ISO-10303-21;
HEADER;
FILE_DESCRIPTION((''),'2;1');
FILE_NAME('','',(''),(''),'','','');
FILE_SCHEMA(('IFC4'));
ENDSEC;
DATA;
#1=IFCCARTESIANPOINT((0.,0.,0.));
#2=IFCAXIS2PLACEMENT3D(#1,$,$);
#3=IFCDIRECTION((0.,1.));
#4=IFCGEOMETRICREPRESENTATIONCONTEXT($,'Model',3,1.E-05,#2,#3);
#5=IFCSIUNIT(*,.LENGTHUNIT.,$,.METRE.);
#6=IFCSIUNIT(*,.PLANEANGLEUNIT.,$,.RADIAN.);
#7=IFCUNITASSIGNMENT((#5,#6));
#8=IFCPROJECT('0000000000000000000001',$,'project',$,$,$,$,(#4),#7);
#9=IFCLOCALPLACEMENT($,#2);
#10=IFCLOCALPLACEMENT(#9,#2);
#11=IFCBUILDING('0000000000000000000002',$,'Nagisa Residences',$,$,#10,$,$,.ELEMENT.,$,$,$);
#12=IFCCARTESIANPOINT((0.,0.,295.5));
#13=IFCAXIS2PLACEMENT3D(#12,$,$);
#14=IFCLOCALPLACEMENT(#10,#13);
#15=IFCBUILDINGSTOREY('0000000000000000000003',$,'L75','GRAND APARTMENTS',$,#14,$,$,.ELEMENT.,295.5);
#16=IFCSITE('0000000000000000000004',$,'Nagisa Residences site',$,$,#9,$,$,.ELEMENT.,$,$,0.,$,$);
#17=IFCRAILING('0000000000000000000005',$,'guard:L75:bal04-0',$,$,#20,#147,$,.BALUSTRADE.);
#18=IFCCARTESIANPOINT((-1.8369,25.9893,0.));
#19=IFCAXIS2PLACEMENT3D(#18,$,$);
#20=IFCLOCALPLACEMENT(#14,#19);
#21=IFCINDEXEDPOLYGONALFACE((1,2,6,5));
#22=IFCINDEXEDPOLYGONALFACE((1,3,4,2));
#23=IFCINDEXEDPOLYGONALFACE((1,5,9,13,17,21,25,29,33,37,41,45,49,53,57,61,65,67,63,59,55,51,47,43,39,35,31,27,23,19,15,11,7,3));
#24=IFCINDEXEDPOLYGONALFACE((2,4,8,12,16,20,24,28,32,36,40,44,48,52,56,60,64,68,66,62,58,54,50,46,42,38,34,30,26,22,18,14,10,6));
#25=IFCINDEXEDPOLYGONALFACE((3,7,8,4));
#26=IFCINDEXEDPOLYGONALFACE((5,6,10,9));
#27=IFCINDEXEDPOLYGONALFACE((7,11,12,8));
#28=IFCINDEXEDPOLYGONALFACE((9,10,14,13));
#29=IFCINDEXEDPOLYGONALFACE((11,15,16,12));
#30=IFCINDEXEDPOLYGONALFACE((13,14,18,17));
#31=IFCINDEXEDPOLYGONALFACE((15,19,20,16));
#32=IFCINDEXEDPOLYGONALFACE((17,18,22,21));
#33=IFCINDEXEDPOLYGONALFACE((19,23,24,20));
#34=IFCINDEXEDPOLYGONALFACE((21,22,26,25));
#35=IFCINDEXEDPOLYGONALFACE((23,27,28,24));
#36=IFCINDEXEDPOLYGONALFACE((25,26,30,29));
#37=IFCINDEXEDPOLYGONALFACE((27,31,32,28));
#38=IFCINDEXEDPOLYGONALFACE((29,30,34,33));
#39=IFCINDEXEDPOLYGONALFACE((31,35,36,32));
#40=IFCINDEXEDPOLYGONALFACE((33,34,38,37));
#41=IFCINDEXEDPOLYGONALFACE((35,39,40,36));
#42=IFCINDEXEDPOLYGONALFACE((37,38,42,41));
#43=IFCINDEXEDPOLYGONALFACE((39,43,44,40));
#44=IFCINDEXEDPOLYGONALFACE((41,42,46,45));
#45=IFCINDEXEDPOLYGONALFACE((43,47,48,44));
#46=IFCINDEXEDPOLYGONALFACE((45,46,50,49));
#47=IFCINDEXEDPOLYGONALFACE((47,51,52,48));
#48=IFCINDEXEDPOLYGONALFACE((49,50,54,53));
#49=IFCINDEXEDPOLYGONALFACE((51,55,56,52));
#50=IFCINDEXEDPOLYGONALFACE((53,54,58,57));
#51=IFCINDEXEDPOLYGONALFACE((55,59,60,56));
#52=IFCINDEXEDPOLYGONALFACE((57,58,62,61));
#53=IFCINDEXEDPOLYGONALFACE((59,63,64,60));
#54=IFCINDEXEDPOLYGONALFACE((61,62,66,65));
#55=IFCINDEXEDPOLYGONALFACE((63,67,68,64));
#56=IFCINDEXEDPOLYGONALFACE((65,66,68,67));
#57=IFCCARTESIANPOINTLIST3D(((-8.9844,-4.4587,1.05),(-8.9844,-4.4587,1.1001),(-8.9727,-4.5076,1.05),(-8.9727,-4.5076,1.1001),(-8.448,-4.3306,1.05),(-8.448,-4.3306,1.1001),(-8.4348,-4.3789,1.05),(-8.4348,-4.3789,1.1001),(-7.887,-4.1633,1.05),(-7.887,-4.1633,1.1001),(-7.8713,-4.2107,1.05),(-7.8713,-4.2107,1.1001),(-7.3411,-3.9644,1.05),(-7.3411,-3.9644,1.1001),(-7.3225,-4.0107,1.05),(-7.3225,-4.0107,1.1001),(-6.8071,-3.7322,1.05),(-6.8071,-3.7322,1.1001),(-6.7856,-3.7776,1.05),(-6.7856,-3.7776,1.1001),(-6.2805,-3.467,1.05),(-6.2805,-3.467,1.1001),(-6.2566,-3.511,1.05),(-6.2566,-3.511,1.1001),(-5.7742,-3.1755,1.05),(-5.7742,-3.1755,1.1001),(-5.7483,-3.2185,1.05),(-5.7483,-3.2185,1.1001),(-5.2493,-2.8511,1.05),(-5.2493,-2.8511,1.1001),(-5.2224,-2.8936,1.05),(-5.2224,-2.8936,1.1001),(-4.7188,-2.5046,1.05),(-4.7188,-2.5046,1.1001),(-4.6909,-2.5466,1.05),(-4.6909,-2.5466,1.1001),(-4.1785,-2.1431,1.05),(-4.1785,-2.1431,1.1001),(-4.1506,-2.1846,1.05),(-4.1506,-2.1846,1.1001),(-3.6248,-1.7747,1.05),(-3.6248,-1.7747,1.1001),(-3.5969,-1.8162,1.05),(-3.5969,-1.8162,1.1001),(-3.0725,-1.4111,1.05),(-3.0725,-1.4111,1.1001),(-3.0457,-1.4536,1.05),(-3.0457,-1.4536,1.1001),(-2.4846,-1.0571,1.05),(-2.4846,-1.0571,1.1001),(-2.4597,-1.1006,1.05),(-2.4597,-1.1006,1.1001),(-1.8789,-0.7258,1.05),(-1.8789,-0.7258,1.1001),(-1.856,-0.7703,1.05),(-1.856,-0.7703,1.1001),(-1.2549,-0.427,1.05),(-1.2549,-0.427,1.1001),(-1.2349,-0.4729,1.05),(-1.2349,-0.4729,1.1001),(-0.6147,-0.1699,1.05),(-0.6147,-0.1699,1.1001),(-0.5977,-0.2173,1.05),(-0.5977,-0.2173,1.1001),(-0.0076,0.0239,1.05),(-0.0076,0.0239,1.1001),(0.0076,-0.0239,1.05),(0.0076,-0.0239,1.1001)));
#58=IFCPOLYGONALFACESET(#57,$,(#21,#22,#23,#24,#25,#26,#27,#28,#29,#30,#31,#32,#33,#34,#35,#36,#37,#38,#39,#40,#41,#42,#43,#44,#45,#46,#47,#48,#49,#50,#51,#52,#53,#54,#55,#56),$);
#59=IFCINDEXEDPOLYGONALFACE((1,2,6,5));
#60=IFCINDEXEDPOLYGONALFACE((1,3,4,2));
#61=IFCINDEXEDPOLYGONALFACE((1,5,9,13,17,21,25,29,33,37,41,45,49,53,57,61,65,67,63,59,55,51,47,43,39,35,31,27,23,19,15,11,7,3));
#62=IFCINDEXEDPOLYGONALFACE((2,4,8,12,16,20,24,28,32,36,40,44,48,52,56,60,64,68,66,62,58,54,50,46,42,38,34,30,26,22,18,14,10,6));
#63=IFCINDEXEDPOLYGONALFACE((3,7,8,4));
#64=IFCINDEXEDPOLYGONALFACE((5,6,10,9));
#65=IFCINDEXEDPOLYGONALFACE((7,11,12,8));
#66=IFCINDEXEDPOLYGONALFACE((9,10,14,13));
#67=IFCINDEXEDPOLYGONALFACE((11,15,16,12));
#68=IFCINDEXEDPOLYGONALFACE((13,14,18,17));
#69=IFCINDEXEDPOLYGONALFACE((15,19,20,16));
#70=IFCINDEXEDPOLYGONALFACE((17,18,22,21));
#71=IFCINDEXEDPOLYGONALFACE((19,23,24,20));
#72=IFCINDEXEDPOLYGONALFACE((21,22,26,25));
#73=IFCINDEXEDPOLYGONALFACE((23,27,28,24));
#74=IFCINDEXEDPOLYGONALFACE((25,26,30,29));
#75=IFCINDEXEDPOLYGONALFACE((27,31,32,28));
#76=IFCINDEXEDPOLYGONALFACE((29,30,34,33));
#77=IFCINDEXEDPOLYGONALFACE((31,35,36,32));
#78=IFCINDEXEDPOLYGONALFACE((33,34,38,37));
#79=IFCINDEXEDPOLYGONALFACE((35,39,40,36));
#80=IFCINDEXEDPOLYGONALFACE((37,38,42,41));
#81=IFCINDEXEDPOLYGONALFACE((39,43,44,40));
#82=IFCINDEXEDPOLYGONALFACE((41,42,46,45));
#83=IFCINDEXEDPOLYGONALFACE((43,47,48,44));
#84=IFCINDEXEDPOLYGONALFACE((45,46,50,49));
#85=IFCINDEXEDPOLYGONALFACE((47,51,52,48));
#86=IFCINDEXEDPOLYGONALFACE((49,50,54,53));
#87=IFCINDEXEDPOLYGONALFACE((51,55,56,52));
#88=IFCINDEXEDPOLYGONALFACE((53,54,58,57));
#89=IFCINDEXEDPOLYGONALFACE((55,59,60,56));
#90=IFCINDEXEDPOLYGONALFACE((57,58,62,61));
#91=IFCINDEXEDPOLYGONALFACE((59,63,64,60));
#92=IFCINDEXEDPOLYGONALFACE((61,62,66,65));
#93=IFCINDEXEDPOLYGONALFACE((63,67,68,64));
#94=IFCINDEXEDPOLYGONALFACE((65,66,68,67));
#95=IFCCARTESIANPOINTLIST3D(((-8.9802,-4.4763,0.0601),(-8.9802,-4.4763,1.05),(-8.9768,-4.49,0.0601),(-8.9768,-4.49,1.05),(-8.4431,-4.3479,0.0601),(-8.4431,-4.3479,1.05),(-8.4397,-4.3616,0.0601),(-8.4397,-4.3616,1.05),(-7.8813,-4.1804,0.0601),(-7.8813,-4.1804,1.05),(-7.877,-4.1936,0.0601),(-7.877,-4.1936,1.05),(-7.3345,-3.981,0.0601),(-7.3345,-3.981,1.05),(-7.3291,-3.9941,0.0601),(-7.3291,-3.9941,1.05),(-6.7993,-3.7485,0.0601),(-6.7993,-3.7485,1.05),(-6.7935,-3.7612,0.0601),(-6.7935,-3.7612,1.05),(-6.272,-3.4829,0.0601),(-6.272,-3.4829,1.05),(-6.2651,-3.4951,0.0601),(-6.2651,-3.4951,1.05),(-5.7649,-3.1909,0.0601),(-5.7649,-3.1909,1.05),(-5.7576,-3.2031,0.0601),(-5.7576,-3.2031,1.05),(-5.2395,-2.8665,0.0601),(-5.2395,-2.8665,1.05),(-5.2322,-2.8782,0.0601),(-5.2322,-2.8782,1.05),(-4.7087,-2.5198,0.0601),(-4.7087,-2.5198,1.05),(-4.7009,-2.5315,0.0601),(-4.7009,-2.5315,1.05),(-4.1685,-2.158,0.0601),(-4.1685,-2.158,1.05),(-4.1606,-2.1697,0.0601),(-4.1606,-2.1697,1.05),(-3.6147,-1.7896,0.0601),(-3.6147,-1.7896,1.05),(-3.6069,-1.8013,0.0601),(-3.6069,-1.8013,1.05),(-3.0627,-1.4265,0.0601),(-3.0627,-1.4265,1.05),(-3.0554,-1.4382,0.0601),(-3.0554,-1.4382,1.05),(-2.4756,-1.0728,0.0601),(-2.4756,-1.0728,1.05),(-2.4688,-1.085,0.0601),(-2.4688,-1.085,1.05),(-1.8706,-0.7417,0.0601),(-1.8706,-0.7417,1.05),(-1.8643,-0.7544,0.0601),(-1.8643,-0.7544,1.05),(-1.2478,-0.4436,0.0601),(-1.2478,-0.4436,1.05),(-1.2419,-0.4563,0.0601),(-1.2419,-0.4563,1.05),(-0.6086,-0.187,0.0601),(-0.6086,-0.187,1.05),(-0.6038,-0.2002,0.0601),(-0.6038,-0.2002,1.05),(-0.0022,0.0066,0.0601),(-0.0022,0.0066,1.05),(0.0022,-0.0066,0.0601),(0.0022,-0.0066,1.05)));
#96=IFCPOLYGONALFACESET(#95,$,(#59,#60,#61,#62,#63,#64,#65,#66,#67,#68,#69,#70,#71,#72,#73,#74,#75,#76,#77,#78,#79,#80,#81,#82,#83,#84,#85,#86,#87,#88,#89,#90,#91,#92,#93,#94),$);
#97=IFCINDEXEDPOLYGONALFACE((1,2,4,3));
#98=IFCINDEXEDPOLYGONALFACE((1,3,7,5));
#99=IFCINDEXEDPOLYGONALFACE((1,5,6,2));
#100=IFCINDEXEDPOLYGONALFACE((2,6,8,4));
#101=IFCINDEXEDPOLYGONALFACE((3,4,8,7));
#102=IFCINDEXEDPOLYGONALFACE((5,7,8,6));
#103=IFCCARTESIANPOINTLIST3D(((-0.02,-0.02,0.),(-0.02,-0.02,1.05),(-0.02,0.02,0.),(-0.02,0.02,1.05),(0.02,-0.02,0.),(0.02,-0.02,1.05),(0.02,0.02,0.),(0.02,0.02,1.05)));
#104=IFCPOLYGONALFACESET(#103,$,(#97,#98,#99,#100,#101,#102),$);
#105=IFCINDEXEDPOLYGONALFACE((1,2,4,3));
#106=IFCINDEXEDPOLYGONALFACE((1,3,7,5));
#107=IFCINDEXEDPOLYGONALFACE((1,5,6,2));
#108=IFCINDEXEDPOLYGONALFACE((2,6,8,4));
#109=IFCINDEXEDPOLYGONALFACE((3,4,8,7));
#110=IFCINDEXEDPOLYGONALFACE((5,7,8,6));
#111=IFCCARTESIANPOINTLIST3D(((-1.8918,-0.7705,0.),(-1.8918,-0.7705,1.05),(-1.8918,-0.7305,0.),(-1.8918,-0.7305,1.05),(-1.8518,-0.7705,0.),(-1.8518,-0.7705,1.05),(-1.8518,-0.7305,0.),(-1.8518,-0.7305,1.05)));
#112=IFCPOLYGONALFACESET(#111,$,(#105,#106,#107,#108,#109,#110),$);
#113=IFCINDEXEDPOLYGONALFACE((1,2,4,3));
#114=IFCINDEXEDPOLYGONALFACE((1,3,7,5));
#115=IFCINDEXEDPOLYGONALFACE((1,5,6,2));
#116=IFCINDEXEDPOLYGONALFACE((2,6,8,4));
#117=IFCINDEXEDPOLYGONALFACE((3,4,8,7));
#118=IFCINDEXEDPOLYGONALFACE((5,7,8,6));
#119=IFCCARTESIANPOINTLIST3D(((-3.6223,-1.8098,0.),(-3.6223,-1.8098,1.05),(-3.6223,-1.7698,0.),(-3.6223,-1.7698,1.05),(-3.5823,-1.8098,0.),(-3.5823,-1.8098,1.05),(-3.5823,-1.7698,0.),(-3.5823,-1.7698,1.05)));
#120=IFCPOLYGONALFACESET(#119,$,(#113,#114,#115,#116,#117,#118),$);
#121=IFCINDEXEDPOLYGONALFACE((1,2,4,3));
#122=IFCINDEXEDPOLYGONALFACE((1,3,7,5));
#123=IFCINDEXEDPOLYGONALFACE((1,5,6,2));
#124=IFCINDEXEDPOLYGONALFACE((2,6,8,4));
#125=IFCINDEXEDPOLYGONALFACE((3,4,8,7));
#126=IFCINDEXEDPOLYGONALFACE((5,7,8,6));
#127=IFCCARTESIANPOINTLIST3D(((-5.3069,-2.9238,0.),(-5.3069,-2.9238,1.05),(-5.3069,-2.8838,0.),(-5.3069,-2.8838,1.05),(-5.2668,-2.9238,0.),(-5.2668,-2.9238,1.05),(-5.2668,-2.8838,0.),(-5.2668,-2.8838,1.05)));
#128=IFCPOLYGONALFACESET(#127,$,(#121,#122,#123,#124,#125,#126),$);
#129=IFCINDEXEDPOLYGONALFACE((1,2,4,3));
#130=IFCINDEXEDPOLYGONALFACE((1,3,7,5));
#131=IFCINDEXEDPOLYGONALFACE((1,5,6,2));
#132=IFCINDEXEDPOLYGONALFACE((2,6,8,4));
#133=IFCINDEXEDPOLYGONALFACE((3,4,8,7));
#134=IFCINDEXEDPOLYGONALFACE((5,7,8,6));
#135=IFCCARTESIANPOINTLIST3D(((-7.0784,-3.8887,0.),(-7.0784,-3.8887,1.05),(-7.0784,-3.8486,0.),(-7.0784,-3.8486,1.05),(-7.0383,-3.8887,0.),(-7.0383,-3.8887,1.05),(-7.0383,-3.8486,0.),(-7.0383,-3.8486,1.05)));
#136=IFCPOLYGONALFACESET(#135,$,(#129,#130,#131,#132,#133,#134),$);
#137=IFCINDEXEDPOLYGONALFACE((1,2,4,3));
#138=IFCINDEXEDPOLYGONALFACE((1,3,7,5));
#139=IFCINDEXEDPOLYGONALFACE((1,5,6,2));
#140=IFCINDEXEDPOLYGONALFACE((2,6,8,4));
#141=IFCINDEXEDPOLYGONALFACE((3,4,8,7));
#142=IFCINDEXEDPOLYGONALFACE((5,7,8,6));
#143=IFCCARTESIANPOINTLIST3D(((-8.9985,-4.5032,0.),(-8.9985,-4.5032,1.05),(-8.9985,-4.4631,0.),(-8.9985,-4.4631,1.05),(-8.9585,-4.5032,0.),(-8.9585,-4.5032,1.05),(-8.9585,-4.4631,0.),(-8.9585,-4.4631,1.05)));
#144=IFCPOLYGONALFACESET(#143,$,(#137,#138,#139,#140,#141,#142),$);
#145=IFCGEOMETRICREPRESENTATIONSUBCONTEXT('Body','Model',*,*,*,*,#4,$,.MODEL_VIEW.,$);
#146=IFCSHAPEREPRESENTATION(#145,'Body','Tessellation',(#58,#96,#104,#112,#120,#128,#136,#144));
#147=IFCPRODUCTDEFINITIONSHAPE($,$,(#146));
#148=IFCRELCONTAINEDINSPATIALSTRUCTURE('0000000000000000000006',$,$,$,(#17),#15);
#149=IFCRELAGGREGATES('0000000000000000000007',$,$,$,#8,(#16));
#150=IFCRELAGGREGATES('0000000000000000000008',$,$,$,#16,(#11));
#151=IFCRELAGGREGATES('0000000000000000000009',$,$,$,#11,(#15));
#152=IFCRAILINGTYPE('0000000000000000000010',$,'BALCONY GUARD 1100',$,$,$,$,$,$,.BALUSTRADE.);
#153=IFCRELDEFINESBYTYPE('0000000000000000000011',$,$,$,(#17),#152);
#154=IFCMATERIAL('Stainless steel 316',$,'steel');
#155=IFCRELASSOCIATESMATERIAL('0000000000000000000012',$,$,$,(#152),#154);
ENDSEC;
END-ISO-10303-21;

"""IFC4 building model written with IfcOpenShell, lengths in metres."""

from ifc_helpers import new_model, si_unit, direction, frame, origin, origin_2d, place, context, subcontext, project, spatial, polyline, rectangle, outline, extrude, material, type_object, element, save


model = new_model("IFC4")

# Units and contexts
model_context = context("Model", 3, precision=1e-05, world=origin(), true_north=direction((0.0, 1.0)))
body_context = subcontext(model_context, "Body", "Model", "MODEL_VIEW")
ifc_project = project(units=[si_unit("LENGTHUNIT", "METRE"), si_unit("PLANEANGLEUNIT", "RADIAN")], contexts=[model_context])

# Site, building, storey
site_placement = place(None, origin())
site = spatial("IfcSite", under=ifc_project, at=site_placement, Name="Nagisa Residences site", CompositionType="ELEMENT", RefElevation=0.0)
building_placement = place(site_placement, origin())
building = spatial("IfcBuilding", under=site, at=building_placement, Name="Nagisa Residences", CompositionType="ELEMENT")
storey_placement = place(building_placement, frame((0.0, 0.0, 295.5)))
storey = spatial("IfcBuildingStorey", under=building, at=storey_placement, Name="L75", Description="GRAND APARTMENTS", CompositionType="ELEMENT", Elevation=295.5)

# Railing
ifc_material_1 = material(Name="Stainless steel 316", Category="steel")
railing_type = type_object("IfcRailingType", Name="BALCONY GUARD 1100", PredefinedType="BALUSTRADE", material=ifc_material_1)
railing_placement = place(storey_placement, frame((-1.8369, 25.9893, 0.0)))
element("IfcRailing", 1, at=railing_placement, inside=storey, type_object=railing_type, Name="guard:L75:bal04-0", PredefinedType="BALUSTRADE", context=body_context, shape_type="SweptSolid", body=[
    extrude(outline(polyline([(-0.5977, -0.2173), (0.0076, -0.0239), (-0.0076, 0.0239), (-0.6147, -0.1699), (-1.2549, -0.427), (-1.8789, -0.7258), (-2.4846, -1.0571), (-3.0725, -1.4111), (-3.6248, -1.7747), (-4.1785, -2.1431), (-4.7188, -2.5046), (-5.2493, -2.8511), (-5.7742, -3.1755), (-6.2805, -3.467), (-6.8071, -3.7322), (-7.3411, -3.9644), (-7.887, -4.1633), (-8.448, -4.3306), (-8.9844, -4.4587), (-8.9727, -4.5076), (-8.4348, -4.3789), (-7.8713, -4.2107), (-7.3225, -4.0107), (-6.7856, -3.7776), (-6.2566, -3.511), (-5.7483, -3.2185), (-5.2224, -2.8936), (-4.6909, -2.5466), (-4.1506, -2.1846), (-3.5969, -1.8162), (-3.0457, -1.4536), (-2.4597, -1.1006), (-1.856, -0.7703), (-1.2349, -0.4729), (-0.5977, -0.2173)])), frame((0.0, 0.0, 1.05)), (0.0, 0.0, 1.0), 0.05),
    extrude(outline(polyline([(-0.6038, -0.2002), (0.0022, -0.0066), (-0.0022, 0.0066), (-0.6086, -0.187), (-1.2478, -0.4436), (-1.8706, -0.7417), (-2.4756, -1.0728), (-3.0627, -1.4265), (-3.6147, -1.7896), (-4.1685, -2.158), (-4.7087, -2.5198), (-5.2395, -2.8665), (-5.7649, -3.1909), (-6.272, -3.4829), (-6.7993, -3.7485), (-7.3345, -3.981), (-7.8813, -4.1804), (-8.4431, -4.3479), (-8.9802, -4.4763), (-8.9768, -4.49), (-8.4397, -4.3616), (-7.877, -4.1936), (-7.3291, -3.9941), (-6.7935, -3.7612), (-6.2651, -3.4951), (-5.7576, -3.2031), (-5.2322, -2.8782), (-4.7009, -2.5315), (-4.1606, -2.1697), (-3.6069, -1.8013), (-3.0554, -1.4382), (-2.4688, -1.085), (-1.8643, -0.7544), (-1.2419, -0.4563), (-0.6038, -0.2002)])), frame((0.0, 0.0, 0.0601)), (0.0, 0.0, 1.0), 0.99),
    extrude(rectangle(XDim=0.04, YDim=0.04, at=origin_2d()), origin(), (0.0, 0.0, 1.0), 1.05),
    extrude(rectangle(XDim=0.04, YDim=0.04, at=origin_2d()), frame((-1.8718, -0.7505, 0.0)), (0.0, 0.0, 1.0), 1.05),
    extrude(rectangle(XDim=0.04, YDim=0.04, at=origin_2d()), frame((-3.6023, -1.7898, 0.0)), (0.0, 0.0, 1.0), 1.05),
    extrude(rectangle(XDim=0.04, YDim=0.04, at=origin_2d()), frame((-5.2869, -2.9038, 0.0)), (0.0, 0.0, 1.0), 1.05),
    extrude(rectangle(XDim=0.04, YDim=0.04, at=origin_2d()), frame((-7.0583, -3.8687, 0.0)), (0.0, 0.0, 1.0), 1.05),
    extrude(rectangle(XDim=0.04, YDim=0.04, at=origin_2d()), frame((-8.9785, -4.4832, 0.0)), (0.0, 0.0, 1.0), 1.05),
])

save(model, "model.ifc")
